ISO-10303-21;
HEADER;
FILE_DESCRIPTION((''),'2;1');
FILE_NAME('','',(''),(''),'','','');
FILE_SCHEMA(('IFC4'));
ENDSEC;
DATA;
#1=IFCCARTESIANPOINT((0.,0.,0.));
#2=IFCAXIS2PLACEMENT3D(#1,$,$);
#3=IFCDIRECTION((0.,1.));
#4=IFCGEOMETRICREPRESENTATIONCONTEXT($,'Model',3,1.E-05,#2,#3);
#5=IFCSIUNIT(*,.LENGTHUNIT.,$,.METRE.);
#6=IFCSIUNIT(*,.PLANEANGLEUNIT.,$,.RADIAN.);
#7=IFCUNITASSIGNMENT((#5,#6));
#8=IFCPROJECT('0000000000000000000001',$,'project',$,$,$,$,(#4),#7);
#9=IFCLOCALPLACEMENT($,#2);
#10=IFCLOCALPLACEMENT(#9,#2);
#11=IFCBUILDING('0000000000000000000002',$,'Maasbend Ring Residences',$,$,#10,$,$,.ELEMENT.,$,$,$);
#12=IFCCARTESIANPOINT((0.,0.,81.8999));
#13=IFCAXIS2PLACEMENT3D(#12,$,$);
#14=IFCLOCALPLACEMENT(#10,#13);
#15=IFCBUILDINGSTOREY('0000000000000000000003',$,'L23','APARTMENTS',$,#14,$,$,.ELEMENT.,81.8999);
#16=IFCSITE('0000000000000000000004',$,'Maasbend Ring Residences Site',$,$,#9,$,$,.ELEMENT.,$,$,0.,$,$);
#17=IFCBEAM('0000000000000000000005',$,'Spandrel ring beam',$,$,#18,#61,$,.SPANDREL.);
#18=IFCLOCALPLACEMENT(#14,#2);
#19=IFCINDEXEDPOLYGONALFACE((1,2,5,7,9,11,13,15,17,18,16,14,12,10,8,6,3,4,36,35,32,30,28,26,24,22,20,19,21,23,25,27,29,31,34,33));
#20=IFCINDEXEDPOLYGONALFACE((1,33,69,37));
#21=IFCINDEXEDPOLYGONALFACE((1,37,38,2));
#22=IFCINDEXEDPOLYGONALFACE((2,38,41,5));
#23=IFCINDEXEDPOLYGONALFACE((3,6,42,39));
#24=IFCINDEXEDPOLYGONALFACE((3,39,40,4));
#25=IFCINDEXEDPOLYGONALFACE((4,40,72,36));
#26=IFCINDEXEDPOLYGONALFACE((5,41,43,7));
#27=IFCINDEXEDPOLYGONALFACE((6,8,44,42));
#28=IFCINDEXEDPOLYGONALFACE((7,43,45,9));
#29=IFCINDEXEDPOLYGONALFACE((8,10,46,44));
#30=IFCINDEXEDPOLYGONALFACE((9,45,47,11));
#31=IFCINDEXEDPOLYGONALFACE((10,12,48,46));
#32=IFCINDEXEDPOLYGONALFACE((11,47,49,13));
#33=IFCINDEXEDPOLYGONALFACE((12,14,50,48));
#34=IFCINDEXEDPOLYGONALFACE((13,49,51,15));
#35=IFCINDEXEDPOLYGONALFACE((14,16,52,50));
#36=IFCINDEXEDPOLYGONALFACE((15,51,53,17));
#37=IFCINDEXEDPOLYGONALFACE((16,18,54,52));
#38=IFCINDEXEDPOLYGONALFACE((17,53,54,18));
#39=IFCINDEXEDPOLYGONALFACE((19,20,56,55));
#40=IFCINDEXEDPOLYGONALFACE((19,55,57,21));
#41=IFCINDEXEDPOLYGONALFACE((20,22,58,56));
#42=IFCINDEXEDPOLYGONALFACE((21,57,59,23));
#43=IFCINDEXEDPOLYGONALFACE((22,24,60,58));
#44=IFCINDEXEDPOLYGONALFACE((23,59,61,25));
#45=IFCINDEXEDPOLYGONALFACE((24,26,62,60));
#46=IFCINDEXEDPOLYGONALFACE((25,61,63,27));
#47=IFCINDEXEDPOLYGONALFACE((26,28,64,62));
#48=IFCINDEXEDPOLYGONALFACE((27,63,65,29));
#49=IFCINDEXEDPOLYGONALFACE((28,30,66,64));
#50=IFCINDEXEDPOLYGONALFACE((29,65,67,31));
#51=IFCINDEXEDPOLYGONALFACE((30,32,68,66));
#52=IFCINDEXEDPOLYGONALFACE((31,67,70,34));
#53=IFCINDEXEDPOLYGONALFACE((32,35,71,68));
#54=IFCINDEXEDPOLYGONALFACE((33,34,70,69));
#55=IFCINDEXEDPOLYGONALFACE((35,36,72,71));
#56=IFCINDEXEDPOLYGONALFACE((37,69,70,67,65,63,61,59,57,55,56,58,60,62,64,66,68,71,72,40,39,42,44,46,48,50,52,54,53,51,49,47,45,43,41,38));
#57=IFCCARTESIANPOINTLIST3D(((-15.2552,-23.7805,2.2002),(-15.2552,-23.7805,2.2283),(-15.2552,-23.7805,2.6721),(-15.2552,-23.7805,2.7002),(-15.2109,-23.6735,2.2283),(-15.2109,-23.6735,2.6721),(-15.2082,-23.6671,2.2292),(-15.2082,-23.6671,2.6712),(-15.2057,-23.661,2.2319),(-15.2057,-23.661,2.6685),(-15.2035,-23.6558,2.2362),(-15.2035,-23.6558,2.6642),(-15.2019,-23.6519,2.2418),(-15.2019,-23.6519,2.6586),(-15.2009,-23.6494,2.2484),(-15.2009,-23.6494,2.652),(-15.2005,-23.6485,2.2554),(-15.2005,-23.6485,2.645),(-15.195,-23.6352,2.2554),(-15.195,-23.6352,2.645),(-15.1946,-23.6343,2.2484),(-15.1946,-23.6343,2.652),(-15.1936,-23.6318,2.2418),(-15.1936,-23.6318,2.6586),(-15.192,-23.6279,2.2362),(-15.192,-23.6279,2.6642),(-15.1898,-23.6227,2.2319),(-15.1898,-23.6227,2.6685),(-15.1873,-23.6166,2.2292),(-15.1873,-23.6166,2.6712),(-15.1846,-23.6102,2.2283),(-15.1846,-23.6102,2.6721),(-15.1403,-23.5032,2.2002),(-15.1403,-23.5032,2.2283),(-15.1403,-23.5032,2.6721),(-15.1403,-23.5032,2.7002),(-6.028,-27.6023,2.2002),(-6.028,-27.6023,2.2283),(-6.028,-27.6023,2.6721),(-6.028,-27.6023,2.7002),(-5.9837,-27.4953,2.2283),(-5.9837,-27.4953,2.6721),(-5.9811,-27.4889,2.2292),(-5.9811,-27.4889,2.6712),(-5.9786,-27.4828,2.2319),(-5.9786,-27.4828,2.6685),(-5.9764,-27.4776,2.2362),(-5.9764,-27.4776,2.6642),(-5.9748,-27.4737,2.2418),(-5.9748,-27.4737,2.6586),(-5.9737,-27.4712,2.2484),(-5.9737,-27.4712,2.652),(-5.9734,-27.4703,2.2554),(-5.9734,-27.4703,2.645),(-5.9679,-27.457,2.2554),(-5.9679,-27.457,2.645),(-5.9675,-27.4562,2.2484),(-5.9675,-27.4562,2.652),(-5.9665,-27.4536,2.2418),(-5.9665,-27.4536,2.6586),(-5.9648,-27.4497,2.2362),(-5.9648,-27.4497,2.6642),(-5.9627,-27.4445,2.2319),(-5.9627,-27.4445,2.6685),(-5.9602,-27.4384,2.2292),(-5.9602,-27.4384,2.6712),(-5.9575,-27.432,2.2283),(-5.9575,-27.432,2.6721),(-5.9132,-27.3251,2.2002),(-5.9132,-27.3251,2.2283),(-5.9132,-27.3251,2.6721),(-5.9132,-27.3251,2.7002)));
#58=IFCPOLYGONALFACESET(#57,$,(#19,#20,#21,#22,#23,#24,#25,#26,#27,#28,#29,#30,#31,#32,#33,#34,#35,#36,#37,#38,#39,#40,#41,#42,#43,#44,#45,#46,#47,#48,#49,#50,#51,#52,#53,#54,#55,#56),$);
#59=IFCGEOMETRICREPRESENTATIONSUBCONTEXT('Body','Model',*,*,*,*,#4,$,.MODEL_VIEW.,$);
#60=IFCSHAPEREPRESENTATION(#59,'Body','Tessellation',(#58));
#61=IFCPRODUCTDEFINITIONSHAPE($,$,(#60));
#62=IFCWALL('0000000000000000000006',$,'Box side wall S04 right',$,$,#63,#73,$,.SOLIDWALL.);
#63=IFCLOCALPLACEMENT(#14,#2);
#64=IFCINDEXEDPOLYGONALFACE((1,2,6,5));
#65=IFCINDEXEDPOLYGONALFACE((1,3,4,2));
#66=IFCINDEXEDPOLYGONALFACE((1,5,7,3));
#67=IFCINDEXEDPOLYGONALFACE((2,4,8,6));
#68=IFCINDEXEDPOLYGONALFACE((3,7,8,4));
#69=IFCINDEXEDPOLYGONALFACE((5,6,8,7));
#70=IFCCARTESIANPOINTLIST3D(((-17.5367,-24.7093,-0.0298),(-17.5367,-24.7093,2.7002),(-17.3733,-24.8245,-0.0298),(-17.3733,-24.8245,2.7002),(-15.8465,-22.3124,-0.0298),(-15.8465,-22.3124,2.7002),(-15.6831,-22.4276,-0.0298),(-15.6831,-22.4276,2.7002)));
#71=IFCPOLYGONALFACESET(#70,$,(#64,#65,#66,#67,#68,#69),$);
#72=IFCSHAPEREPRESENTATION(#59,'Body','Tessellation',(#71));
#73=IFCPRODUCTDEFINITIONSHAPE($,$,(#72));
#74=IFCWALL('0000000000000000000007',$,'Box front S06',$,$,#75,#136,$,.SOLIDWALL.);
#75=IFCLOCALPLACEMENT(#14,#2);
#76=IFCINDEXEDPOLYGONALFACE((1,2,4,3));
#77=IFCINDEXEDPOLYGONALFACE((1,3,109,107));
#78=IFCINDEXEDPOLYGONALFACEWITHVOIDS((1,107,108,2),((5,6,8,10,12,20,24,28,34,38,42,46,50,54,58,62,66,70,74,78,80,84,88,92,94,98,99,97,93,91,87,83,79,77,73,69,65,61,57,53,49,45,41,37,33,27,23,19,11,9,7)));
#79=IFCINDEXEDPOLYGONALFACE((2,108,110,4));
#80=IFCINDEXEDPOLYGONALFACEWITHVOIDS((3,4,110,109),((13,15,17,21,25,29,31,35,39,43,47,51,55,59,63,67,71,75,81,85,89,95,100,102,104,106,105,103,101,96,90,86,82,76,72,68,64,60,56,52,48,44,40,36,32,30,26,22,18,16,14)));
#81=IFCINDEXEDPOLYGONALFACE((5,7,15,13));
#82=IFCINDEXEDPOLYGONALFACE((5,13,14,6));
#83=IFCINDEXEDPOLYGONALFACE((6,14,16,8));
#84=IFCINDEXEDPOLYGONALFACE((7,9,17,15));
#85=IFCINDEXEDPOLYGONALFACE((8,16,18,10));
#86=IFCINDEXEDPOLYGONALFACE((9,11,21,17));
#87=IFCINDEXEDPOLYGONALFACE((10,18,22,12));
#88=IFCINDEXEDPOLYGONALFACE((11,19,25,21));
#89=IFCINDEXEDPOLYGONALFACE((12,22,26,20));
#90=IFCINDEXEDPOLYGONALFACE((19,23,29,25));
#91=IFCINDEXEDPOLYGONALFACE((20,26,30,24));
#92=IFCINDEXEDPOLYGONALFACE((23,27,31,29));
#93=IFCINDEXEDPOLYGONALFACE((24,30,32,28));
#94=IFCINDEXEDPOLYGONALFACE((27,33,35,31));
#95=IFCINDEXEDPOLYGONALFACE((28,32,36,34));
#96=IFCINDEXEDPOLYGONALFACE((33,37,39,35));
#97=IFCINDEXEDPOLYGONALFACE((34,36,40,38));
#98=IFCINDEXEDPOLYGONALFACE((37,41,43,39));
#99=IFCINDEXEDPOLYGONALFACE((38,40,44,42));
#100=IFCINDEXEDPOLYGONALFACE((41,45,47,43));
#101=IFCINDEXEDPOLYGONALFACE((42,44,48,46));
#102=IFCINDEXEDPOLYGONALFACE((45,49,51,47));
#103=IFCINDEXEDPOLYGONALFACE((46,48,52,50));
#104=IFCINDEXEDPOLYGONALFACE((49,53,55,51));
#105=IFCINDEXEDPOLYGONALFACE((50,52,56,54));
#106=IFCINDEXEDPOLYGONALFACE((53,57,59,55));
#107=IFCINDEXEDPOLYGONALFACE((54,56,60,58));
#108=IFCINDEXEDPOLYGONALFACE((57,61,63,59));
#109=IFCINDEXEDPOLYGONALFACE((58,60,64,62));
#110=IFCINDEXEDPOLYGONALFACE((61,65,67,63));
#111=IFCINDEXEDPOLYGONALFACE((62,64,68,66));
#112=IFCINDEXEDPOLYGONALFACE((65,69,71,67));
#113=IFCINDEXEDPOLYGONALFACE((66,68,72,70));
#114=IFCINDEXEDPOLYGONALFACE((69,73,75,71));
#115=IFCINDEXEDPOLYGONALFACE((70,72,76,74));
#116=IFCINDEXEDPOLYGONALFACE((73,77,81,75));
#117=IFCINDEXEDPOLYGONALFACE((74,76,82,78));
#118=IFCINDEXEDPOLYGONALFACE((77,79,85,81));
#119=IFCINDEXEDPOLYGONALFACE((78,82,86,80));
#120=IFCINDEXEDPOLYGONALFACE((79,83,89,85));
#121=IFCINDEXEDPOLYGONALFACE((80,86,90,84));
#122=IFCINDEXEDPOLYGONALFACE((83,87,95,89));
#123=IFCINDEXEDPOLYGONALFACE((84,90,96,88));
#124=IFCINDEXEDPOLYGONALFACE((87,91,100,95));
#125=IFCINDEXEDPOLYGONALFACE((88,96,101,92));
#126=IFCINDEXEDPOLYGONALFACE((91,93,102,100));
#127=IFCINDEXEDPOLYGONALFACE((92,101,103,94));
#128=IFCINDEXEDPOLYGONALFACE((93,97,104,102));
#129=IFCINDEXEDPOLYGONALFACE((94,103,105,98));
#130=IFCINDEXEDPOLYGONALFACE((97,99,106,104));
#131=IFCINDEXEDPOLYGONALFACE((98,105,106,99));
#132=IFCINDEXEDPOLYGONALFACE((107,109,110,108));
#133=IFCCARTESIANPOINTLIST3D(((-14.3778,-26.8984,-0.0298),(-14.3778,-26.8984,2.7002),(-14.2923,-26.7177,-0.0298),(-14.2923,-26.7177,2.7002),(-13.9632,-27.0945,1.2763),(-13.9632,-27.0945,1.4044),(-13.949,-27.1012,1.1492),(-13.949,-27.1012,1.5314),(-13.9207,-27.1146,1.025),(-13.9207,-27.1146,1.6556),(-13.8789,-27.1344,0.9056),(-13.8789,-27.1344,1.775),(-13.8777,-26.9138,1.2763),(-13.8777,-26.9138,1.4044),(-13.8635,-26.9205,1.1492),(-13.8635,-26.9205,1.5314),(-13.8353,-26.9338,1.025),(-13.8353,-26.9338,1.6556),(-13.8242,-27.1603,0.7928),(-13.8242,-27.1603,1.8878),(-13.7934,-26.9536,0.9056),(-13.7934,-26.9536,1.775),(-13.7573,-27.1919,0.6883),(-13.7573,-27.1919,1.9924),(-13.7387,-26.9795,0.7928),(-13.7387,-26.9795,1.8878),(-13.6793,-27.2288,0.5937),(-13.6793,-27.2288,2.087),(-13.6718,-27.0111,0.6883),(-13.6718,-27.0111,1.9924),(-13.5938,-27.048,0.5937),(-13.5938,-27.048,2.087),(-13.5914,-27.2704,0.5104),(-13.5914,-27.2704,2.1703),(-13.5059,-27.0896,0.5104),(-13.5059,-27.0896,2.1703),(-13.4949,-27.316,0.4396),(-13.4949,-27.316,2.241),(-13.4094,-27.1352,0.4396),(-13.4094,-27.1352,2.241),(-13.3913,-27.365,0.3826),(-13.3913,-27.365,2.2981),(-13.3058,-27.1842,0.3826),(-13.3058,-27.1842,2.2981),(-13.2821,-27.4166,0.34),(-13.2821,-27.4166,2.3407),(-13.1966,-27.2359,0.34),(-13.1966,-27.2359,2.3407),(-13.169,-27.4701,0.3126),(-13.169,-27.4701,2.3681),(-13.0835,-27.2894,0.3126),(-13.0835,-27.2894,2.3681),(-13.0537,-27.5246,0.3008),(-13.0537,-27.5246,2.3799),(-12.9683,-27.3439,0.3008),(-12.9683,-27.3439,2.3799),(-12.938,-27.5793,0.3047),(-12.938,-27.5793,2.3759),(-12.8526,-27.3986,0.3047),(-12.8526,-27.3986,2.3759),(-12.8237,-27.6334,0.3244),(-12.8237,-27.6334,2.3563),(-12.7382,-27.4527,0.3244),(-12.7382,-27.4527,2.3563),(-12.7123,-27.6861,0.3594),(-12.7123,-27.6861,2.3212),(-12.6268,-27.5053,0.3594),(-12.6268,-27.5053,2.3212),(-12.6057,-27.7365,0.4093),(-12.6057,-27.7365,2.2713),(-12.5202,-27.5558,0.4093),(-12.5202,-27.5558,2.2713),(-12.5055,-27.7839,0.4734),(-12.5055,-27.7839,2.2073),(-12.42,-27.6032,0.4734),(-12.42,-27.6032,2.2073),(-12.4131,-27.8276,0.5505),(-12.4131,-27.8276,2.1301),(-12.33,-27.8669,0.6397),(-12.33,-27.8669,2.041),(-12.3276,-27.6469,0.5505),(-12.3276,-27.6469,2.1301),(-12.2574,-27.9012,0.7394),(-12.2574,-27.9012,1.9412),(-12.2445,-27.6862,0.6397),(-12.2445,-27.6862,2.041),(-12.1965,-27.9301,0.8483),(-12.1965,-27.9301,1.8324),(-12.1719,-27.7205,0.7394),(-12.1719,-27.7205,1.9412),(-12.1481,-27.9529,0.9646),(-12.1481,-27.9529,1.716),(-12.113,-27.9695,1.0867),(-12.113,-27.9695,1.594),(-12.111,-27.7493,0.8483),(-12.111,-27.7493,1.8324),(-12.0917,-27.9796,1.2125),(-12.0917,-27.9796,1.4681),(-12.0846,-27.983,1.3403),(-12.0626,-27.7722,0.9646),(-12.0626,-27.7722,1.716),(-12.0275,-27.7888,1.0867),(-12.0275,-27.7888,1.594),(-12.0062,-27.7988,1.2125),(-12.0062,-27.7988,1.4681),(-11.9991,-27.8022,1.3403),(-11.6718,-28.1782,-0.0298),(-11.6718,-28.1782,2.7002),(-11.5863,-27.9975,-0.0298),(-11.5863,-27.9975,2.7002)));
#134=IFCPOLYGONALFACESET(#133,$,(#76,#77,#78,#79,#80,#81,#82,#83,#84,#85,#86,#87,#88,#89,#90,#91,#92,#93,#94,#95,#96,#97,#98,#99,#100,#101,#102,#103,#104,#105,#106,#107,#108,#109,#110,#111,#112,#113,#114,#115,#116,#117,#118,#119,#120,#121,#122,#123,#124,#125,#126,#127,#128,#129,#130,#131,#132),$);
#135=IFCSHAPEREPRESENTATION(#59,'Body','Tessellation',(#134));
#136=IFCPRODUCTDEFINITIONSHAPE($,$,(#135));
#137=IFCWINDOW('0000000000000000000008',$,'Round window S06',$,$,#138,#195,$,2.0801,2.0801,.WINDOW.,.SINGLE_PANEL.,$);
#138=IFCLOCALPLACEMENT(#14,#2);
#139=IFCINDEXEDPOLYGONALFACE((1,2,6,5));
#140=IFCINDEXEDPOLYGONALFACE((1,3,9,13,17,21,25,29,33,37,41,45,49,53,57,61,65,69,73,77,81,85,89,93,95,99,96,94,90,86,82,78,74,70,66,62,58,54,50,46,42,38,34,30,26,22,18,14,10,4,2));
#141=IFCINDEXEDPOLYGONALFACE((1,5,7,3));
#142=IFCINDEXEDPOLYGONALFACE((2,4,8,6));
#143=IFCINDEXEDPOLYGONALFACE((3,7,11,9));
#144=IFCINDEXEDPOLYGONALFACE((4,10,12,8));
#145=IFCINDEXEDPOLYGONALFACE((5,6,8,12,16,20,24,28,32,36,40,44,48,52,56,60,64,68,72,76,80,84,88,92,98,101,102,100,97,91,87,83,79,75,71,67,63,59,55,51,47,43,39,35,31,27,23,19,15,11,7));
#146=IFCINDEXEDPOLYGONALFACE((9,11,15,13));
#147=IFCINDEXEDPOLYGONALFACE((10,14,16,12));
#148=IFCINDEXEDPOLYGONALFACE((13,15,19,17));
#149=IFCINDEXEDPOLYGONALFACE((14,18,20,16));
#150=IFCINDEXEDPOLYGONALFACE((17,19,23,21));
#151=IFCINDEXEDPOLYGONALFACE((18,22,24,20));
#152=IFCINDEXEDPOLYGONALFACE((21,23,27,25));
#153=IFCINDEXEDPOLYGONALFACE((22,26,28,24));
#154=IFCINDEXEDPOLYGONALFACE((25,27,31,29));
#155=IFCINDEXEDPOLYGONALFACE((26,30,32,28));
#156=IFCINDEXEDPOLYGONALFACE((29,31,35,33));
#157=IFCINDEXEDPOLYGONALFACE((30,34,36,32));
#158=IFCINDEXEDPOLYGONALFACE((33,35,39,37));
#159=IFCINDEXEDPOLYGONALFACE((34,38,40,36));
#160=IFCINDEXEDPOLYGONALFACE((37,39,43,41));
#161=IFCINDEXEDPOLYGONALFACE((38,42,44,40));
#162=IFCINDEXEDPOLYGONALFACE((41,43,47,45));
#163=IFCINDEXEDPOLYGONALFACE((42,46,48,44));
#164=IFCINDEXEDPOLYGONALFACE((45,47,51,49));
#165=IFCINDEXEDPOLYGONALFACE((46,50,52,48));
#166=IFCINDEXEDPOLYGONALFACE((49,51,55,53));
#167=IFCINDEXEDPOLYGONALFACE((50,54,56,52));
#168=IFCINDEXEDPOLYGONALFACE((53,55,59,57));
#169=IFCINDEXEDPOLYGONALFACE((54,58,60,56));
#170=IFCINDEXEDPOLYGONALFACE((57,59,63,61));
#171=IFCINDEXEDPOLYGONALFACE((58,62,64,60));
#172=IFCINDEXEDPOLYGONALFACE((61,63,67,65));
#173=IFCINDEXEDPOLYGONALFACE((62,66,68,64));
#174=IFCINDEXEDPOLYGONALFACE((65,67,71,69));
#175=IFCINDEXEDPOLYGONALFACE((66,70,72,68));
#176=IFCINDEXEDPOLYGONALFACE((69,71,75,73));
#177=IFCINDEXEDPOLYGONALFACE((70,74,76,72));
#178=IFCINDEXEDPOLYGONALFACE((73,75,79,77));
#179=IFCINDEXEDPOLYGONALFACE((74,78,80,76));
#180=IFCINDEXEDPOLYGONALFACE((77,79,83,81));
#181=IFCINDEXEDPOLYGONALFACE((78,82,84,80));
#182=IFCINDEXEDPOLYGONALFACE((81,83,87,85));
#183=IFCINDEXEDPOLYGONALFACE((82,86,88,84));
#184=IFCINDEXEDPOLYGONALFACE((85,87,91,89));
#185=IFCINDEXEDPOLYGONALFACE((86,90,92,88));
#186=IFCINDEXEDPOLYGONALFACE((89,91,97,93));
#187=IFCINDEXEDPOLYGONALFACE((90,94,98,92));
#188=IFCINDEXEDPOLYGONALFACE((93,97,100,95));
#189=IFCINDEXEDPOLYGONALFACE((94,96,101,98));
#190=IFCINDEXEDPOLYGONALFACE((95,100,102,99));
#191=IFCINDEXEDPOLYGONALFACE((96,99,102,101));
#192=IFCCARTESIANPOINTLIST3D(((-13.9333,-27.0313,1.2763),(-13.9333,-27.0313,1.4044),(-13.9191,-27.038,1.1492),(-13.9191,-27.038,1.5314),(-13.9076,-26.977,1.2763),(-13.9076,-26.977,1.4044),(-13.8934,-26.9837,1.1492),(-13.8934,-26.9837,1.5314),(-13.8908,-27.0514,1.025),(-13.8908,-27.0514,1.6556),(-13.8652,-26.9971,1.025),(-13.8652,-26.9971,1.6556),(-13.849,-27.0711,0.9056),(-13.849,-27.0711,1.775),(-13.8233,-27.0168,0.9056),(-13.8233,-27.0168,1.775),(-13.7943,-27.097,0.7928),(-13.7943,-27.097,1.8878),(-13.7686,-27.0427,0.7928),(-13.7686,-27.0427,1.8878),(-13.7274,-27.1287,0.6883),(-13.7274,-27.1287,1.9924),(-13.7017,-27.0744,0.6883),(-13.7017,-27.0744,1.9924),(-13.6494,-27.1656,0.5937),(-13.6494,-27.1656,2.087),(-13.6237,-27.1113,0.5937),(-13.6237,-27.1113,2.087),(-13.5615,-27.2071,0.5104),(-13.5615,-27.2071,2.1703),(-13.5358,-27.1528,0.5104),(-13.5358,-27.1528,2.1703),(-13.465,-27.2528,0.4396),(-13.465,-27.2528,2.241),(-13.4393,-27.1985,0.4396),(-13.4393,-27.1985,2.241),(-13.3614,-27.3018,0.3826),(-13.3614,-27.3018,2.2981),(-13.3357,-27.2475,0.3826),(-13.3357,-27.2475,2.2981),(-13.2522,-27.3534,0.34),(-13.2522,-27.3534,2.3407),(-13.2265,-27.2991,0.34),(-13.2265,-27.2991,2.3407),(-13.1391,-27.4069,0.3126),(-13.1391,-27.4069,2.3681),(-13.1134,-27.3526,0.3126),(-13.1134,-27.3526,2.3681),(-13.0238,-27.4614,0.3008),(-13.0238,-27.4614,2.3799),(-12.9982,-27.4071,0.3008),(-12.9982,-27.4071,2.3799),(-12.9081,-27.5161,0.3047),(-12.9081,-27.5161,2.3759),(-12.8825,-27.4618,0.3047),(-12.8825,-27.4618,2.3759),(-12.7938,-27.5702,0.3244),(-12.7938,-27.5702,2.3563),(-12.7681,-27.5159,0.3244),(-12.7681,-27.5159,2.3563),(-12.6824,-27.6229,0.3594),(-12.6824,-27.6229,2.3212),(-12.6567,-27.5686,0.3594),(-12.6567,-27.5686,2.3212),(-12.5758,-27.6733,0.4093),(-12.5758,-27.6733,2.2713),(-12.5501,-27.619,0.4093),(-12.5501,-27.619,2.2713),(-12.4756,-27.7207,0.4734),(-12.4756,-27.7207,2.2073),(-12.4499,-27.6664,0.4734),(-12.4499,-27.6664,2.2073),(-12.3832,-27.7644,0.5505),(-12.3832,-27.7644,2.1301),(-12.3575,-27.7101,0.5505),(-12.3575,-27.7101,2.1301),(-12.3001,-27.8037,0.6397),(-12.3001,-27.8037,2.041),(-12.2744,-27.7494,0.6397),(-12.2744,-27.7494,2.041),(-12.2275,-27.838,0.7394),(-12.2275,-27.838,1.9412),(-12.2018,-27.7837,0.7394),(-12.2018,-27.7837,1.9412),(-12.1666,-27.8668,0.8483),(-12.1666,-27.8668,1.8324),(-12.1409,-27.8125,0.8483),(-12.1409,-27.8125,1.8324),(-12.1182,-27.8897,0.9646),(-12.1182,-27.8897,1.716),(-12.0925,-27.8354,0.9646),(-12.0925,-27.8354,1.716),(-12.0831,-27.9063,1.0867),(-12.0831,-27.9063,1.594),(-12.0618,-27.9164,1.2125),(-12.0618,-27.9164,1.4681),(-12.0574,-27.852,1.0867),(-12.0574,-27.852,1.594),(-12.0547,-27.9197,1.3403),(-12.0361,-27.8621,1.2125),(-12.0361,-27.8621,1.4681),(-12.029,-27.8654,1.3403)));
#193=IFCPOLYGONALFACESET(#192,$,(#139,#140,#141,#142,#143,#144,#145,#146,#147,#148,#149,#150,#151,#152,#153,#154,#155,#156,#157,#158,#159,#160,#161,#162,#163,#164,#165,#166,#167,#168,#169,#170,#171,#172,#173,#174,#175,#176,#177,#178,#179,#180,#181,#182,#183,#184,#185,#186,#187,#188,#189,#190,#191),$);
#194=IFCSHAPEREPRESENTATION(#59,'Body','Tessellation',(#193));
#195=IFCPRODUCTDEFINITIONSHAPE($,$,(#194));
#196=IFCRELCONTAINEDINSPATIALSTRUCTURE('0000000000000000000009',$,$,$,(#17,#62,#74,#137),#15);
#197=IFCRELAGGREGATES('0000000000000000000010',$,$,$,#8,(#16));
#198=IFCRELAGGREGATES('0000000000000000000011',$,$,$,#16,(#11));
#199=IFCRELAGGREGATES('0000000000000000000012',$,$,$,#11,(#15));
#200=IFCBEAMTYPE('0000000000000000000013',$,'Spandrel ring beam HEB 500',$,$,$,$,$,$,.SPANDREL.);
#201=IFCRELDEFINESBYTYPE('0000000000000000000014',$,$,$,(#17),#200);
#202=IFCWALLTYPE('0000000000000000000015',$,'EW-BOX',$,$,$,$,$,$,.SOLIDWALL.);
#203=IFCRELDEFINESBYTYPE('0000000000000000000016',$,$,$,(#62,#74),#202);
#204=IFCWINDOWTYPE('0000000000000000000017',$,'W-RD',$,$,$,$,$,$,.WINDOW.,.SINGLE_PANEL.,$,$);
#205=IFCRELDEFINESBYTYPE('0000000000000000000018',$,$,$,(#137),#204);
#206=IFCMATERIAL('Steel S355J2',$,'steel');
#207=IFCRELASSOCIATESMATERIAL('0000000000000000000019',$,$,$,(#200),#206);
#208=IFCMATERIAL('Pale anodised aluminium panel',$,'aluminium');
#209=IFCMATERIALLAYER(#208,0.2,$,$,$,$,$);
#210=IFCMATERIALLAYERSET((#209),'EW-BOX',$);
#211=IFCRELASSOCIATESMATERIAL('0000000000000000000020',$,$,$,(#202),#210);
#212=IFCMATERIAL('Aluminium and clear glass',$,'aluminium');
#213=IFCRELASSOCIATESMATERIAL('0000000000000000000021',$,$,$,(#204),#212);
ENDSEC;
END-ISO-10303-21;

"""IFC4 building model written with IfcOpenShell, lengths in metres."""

from ifc_helpers import new_model, si_unit, direction, frame, frame_2d, origin, origin_2d, place, context, subcontext, project, spatial, rectangle, circle, i_section, extrude, material, layer, layer_set, material_profile, profile_set, type_object, element, fill, save


model = new_model("IFC4")

# Units and contexts
model_context = context("Model", 3, precision=1e-05, world=origin(), true_north=direction((0.0, 1.0)))
body_context = subcontext(model_context, "Body", "Model", "MODEL_VIEW")
ifc_project = project(units=[si_unit("LENGTHUNIT", "METRE"), si_unit("PLANEANGLEUNIT", "RADIAN")], contexts=[model_context])

# Site, building, storey
site_placement = place(None, origin())
site = spatial("IfcSite", under=ifc_project, at=site_placement, Name="Maasbend Ring Residences Site", CompositionType="ELEMENT", RefElevation=0.0)
building_placement = place(site_placement, origin())
building = spatial("IfcBuilding", under=site, at=building_placement, Name="Maasbend Ring Residences", CompositionType="ELEMENT")
storey_placement = place(building_placement, frame((0.0, 0.0, 81.8999)))
storey = spatial("IfcBuildingStorey", under=building, at=storey_placement, Name="L23", Description="APARTMENTS", CompositionType="ELEMENT", Elevation=81.8999)

# Beam
ifc_material_1 = material(Name="Steel S355J2", Category="steel")
ifc_material_profile_1 = material_profile(ifc_material_1, i_section(OverallWidth=0.3, OverallDepth=0.5, WebThickness=0.0144, FlangeThickness=0.0281, FilletRadius=0.0271, at=origin_2d()), Name="HEB 500")
ifc_profile_set_1 = profile_set([ifc_material_profile_1], Name="Steel S355J2")
beam_type_1 = type_object("IfcBeamType", Name="Spandrel ring beam HEB 500", PredefinedType="SPANDREL", material=ifc_profile_set_1)
beam_1_placement = place(storey_placement, frame((-15.1978, -23.6418, 2.4502), z_axis=(0.923886, -0.382667, 0.0), x_axis=(0.382667, 0.923886, 0.0)))
element("IfcBeam", 1, at=beam_1_placement, inside=storey, type_object=beam_type_1, Name="Spandrel ring beam", PredefinedType="SPANDREL", context=body_context, shape_type="SweptSolid", body=[
    extrude(i_section(OverallWidth=0.3, OverallDepth=0.5, WebThickness=0.0144, FlangeThickness=0.0281, FilletRadius=0.0271, at=origin_2d()), origin(), (0.0, 0.0, 1.0), 9.9873),
])

# Wall
ifc_material_2 = material(Name="Pale anodised aluminium panel", Category="aluminium")
ifc_layer_1 = layer(ifc_material_2, 0.2)
ifc_layer_set_1 = layer_set([ifc_layer_1], Name="EW-BOX")
wall_type_1 = type_object("IfcWallType", Name="EW-BOX", PredefinedType="SOLIDWALL", material=ifc_layer_set_1)
wall_1_placement = place(storey_placement, frame((-15.7649, -22.3701, -0.0298), z_axis=(0.0, 0.0, 1.0), x_axis=(-0.576275, -0.817256, 0.0)))
element("IfcWall", 2, at=wall_1_placement, inside=storey, type_object=wall_type_1, Name="Box side wall S04 right", PredefinedType="SOLIDWALL", context=body_context, shape_type="SweptSolid", body=[
    extrude(rectangle(XDim=2.9329, YDim=0.2, at=frame_2d((1.4663, 0.0))), origin(), (0.0, 0.0, 1.0), 2.73),
])

# Wall, opening, window
wall_2_placement = place(storey_placement, frame((-14.335, -26.8081, -0.0298), z_axis=(0.0, 0.0, 1.0), x_axis=(0.904, -0.427532, 0.0)))
wall_2 = element("IfcWall", 3, at=wall_2_placement, inside=storey, type_object=wall_type_1, Name="Box front S06", PredefinedType="SOLIDWALL", context=body_context, shape_type="SweptSolid", body=[
    extrude(rectangle(XDim=2.9934, YDim=0.2, at=frame_2d((1.4966, 0.0))), origin(), (0.0, 0.0, 1.0), 2.73),
])
opening_1_placement = place(wall_2_placement, frame((0.4565, 0.0, 0.3301)))
opening_1 = element("IfcOpeningElement", 4, at=opening_1_placement, cuts=wall_2, PredefinedType="OPENING", context=body_context, shape_type="SweptSolid", body=[
    extrude(circle(Radius=1.04, at=frame_2d((1.04, 1.04))), frame((0.0, 0.1099, 0.0), z_axis=(0.0, -1.0, 0.0), x_axis=(1.0, 0.0, 0.0)), (0.0, 0.0, 1.0), 0.22),
])
ifc_material_3 = material(Name="Aluminium and clear glass", Category="aluminium")
window_type_1 = type_object("IfcWindowType", Name="W-RD", PartitioningType="SINGLE_PANEL", PredefinedType="WINDOW", material=ifc_material_3)
window_1_placement = place(opening_1_placement, origin())
window_1 = element("IfcWindow", 5, at=window_1_placement, inside=storey, type_object=window_type_1, Name="Round window S06", OverallHeight=2.0801, OverallWidth=2.0801, PartitioningType="SINGLE_PANEL", PredefinedType="WINDOW", context=body_context, shape_type="SweptSolid", body=[
    extrude(circle(Radius=1.04, at=frame_2d((1.04, 1.04))), frame((0.0, 0.03, 0.0), z_axis=(0.0, -1.0, 0.0), x_axis=(1.0, 0.0, 0.0)), (0.0, 0.0, 1.0), 0.0601),
])
fill(opening_1, window_1)

save(model, "model.ifc")
